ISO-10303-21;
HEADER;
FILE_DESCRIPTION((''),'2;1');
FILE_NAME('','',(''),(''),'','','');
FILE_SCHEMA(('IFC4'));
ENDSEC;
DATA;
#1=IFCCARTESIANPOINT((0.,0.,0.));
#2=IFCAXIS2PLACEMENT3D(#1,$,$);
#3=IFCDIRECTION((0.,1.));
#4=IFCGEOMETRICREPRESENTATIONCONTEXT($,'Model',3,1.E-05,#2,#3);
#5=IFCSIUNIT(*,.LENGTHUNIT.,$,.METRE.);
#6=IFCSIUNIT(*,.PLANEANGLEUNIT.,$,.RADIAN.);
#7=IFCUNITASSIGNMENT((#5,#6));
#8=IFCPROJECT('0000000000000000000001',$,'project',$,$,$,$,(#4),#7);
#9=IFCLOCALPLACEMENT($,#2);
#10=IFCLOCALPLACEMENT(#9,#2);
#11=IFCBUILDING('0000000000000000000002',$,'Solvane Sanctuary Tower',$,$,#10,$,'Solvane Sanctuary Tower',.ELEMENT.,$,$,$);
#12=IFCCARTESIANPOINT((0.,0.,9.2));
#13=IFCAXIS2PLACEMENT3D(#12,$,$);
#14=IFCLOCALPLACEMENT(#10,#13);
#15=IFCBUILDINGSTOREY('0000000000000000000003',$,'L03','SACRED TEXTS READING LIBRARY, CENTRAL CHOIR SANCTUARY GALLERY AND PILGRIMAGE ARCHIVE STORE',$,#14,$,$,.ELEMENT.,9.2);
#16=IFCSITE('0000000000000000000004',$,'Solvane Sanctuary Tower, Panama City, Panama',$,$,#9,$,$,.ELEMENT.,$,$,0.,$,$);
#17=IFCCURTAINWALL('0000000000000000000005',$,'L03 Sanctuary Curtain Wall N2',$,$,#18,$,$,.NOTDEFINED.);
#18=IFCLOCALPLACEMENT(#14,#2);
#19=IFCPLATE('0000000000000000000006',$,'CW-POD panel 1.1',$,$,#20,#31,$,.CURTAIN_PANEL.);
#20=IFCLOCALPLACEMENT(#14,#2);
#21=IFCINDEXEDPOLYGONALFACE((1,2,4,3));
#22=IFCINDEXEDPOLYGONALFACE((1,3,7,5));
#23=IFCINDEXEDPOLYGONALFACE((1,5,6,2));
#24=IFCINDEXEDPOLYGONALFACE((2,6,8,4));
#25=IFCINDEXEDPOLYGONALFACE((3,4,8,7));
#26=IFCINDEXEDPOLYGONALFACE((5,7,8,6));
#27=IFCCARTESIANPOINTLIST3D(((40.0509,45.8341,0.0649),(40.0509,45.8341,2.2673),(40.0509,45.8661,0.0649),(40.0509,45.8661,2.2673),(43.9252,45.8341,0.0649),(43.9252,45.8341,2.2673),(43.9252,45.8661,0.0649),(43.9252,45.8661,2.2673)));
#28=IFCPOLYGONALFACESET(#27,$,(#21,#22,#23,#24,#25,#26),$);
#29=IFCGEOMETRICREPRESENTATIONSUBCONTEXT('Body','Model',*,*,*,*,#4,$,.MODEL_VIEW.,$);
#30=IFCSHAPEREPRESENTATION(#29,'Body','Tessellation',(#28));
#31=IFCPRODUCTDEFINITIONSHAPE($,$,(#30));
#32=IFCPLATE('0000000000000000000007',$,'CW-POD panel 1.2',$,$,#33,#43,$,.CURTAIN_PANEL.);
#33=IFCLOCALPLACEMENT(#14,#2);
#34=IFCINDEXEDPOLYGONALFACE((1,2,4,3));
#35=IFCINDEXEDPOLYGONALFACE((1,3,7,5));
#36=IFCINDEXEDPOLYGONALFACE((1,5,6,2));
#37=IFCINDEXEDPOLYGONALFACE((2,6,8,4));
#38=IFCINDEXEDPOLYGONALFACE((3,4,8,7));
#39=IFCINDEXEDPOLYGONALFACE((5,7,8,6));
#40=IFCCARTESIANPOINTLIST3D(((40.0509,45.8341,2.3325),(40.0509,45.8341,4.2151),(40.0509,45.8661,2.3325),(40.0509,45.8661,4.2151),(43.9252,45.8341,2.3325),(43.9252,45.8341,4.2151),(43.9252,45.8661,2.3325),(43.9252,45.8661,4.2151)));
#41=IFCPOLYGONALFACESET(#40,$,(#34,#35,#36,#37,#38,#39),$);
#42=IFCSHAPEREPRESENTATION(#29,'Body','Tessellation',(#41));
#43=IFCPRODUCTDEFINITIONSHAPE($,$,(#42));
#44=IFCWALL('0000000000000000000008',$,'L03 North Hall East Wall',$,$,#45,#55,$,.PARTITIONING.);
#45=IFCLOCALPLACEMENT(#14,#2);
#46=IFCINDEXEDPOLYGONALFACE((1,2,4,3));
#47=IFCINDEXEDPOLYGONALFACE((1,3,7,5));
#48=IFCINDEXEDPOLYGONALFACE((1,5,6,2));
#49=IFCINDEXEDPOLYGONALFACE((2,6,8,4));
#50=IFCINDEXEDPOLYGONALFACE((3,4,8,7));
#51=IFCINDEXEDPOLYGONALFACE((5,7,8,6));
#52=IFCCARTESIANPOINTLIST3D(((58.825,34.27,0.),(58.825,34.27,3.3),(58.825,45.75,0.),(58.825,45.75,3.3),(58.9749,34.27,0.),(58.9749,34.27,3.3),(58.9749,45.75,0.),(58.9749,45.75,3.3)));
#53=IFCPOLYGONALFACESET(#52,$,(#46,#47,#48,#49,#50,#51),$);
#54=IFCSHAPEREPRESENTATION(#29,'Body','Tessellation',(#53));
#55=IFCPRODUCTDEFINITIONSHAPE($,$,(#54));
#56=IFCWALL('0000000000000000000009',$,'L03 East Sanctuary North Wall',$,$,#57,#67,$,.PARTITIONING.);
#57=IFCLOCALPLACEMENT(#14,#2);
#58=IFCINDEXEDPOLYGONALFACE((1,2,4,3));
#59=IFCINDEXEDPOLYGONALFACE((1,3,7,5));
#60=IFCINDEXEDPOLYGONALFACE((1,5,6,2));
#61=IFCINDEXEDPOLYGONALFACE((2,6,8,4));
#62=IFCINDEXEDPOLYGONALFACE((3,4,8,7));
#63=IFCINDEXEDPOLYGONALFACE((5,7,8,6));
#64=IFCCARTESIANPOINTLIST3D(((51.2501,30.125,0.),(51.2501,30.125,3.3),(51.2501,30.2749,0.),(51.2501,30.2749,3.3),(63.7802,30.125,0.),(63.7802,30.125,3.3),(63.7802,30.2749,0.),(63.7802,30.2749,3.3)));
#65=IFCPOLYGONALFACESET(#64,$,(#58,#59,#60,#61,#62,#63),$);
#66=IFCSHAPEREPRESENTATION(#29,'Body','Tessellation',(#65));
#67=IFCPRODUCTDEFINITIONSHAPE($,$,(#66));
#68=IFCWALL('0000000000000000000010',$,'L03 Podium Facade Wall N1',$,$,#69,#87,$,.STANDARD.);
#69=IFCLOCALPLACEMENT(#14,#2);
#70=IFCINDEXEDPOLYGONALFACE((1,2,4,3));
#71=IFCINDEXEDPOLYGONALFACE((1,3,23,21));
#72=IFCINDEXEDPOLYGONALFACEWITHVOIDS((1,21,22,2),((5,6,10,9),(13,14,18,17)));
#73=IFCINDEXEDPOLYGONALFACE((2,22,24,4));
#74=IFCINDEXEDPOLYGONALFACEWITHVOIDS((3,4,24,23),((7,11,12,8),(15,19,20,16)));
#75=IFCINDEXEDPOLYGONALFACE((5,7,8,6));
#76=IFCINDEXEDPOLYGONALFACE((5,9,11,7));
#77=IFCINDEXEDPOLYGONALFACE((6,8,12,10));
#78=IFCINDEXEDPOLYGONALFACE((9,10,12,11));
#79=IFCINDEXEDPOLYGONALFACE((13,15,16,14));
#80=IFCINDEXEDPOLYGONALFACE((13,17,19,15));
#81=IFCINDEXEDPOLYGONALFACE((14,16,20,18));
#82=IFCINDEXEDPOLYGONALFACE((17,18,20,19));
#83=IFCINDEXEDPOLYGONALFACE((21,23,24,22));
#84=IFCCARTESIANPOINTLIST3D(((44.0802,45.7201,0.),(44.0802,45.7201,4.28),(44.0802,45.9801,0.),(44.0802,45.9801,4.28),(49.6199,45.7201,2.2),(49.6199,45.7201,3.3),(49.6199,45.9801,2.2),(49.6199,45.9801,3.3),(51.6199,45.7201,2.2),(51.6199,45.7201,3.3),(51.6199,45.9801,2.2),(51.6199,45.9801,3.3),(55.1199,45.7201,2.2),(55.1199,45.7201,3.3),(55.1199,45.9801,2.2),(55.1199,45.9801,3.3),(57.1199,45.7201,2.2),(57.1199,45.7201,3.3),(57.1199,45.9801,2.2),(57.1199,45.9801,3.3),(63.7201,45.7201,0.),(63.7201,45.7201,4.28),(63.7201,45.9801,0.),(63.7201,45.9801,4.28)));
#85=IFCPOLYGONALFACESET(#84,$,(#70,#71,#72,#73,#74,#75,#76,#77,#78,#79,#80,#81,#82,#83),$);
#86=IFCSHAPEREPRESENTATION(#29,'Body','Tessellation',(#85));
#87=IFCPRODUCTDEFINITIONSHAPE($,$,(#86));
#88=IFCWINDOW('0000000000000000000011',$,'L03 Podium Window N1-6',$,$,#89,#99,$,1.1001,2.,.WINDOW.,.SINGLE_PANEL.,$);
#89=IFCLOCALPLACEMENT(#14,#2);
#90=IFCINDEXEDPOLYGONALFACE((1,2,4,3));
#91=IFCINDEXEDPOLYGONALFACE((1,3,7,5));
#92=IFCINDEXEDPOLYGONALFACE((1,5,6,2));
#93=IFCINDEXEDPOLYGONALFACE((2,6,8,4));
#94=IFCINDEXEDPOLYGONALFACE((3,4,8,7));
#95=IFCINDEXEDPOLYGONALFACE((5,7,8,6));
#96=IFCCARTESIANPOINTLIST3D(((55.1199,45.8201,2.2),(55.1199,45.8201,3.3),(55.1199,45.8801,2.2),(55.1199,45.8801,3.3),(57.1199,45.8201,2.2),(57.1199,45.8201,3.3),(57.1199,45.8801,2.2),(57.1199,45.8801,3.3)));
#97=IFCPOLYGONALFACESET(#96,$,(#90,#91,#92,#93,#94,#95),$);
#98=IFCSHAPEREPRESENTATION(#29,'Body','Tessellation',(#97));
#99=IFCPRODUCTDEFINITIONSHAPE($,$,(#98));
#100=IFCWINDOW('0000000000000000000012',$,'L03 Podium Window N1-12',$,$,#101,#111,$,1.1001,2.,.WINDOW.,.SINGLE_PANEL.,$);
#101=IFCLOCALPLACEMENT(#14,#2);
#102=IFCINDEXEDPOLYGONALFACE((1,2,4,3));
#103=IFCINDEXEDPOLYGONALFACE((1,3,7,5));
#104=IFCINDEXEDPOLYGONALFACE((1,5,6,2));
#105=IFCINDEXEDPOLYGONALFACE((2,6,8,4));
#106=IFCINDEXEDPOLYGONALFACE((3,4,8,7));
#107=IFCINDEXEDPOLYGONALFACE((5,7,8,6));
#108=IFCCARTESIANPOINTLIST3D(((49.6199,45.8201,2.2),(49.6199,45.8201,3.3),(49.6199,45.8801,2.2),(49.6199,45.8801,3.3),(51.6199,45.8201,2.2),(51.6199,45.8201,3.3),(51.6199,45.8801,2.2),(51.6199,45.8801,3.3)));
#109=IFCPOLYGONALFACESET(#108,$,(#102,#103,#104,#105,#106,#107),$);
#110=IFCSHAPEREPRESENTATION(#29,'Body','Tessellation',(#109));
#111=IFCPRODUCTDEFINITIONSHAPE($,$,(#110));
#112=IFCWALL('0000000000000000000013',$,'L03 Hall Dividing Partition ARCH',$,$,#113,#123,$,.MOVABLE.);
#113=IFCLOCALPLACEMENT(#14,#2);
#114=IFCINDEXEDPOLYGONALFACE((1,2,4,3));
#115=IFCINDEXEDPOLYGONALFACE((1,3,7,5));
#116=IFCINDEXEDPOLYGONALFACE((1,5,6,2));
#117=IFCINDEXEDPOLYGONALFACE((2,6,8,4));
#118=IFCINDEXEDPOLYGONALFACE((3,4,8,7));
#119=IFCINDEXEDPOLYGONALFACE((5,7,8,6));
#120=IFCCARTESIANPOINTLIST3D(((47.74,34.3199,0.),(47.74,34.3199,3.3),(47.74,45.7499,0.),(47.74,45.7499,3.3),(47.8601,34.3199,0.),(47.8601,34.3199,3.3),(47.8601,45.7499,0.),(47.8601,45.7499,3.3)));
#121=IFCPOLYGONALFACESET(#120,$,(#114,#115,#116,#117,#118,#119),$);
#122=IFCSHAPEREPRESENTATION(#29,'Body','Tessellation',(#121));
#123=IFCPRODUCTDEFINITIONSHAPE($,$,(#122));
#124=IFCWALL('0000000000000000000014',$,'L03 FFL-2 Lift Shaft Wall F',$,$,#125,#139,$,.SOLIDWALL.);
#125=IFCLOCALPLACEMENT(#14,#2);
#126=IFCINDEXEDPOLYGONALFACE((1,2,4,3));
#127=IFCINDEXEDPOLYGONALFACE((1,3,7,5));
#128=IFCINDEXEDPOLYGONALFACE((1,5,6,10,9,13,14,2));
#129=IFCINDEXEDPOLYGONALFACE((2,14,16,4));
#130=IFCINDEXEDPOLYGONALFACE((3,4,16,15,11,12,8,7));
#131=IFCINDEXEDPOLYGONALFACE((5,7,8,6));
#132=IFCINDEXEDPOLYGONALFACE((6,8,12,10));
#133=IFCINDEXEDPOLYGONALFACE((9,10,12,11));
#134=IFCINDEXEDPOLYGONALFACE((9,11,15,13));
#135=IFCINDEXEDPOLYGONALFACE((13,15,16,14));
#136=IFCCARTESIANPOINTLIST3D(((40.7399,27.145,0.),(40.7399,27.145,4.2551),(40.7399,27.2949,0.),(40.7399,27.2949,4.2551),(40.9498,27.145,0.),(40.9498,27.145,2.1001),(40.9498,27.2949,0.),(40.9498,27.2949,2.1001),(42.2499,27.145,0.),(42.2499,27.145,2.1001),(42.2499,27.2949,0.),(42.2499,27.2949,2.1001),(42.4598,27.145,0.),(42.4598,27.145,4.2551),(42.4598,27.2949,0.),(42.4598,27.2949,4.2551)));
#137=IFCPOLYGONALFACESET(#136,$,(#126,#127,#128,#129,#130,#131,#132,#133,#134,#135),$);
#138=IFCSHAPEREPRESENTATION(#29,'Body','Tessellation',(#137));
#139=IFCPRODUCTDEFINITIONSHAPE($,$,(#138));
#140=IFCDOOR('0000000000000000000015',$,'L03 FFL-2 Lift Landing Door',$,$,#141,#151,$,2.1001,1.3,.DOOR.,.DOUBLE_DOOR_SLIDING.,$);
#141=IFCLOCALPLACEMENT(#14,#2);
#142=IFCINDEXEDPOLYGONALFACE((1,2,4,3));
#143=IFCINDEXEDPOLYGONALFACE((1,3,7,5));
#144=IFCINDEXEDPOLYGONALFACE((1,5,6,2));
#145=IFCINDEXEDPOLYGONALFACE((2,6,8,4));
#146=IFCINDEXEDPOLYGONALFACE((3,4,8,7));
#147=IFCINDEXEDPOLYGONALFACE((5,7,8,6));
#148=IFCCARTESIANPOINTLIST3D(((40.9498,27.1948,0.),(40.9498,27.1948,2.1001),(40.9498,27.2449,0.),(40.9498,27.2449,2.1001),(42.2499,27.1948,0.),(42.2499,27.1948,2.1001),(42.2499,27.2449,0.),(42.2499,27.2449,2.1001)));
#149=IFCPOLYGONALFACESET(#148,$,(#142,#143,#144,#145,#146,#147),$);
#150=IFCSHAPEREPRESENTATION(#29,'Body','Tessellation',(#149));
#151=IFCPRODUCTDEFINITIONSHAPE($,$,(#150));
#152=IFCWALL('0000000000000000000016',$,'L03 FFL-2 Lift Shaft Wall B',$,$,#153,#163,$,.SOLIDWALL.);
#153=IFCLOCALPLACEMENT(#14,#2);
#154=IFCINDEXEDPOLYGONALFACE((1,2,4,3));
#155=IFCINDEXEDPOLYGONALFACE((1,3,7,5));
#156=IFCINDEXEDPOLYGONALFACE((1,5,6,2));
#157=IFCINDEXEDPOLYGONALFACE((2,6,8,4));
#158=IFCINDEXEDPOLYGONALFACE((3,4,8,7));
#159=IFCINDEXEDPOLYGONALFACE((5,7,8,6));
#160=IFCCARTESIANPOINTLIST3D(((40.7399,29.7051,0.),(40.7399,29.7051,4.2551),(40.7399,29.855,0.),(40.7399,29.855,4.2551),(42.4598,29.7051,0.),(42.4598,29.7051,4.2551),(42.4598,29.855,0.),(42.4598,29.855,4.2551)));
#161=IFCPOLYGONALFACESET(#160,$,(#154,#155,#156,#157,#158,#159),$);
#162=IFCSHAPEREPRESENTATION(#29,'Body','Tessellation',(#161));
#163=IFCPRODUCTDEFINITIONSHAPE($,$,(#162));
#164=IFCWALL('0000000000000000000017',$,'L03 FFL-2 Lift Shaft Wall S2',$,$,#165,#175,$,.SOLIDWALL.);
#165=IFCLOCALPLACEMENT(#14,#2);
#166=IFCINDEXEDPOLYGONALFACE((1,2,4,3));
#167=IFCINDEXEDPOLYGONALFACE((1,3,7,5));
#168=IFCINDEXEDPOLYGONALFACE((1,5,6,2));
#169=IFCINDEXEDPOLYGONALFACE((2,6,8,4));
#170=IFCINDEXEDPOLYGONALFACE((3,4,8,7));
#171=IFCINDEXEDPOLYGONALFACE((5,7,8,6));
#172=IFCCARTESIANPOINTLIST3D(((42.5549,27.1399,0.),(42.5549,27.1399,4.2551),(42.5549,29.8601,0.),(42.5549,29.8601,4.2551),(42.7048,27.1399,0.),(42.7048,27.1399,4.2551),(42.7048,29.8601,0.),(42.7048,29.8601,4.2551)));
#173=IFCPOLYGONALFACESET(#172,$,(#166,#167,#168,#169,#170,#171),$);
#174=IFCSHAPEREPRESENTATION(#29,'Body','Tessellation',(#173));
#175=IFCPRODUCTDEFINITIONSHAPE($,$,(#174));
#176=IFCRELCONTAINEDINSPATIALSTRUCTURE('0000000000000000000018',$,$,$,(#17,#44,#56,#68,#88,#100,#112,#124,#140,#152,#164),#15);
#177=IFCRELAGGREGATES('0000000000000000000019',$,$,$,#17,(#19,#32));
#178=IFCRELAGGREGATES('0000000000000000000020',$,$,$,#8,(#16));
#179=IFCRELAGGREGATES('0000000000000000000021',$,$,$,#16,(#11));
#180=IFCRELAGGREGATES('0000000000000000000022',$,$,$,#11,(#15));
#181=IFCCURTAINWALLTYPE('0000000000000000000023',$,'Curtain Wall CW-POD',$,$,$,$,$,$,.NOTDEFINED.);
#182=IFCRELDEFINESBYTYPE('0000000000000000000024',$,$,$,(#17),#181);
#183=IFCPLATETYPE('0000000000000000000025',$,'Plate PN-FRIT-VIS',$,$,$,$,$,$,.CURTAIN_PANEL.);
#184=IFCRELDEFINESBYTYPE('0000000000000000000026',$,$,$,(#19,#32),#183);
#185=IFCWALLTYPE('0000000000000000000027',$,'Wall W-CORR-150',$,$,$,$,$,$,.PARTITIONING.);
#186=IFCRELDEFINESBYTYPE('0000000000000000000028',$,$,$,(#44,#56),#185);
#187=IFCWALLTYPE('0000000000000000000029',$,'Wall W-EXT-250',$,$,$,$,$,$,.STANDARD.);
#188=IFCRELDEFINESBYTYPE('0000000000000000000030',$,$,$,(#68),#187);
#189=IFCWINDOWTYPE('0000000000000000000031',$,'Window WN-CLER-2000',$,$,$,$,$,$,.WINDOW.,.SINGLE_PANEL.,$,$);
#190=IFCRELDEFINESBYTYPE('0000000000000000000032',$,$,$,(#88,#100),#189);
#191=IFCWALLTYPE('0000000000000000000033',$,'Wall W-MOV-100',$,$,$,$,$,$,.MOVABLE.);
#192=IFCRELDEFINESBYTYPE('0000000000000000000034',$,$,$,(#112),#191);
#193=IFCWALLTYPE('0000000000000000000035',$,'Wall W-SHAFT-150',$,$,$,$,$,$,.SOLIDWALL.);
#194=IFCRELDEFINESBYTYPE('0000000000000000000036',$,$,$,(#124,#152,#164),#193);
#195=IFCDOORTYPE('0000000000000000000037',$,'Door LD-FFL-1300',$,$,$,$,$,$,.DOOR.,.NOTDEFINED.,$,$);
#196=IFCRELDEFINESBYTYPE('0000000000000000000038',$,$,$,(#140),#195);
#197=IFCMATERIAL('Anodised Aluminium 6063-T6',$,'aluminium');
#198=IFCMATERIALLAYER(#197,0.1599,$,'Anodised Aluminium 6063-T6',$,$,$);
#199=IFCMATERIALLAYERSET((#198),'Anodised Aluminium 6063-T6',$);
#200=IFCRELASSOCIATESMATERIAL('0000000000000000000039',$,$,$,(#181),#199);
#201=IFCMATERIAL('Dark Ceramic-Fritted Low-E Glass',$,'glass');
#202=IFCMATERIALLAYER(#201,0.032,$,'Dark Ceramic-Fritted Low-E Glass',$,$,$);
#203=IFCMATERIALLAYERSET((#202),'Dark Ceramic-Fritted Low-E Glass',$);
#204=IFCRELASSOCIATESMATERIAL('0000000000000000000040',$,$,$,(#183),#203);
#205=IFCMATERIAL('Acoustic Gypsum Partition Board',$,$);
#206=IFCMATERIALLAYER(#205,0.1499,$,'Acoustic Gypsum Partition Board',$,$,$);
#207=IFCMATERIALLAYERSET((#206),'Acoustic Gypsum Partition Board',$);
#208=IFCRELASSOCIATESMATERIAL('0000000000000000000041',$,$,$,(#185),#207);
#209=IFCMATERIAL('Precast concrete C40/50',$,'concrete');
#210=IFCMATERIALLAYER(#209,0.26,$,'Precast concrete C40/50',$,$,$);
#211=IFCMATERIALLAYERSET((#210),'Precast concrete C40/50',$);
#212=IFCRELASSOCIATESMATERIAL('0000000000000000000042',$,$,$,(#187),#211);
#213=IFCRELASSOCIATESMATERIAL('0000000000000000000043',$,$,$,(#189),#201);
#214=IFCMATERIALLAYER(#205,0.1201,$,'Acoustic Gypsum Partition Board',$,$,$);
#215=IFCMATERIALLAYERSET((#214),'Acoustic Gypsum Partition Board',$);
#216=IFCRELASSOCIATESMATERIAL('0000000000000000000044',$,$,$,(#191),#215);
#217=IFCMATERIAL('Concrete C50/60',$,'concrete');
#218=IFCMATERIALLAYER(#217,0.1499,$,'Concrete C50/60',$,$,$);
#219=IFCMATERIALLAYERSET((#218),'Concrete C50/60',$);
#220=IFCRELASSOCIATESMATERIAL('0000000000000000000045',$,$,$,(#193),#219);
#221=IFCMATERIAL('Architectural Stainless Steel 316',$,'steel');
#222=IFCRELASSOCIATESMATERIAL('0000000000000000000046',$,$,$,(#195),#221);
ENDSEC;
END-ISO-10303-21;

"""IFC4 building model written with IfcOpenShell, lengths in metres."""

from ifc_helpers import new_model, si_unit, direction, frame, frame_2d, origin, origin_2d, place, context, subcontext, project, spatial, rectangle, extrude, material, layer, layer_set, type_object, element, fill, aggregate, save


model = new_model("IFC4")

# Units and contexts
model_context = context("Model", 3, precision=1e-05, world=origin(), true_north=direction((0.0, 1.0)))
body_context = subcontext(model_context, "Body", "Model", "MODEL_VIEW")
ifc_project = project(units=[si_unit("LENGTHUNIT", "METRE"), si_unit("PLANEANGLEUNIT", "RADIAN")], contexts=[model_context])

# Site, building, storey
site_placement = place(None, origin())
site = spatial("IfcSite", under=ifc_project, at=site_placement, Name="Solvane Sanctuary Tower, Panama City, Panama", CompositionType="ELEMENT", RefElevation=0.0)
building_placement = place(site_placement, origin())
building = spatial("IfcBuilding", under=site, at=building_placement, Name="Solvane Sanctuary Tower", LongName="Solvane Sanctuary Tower", CompositionType="ELEMENT")
storey_placement = place(building_placement, frame((0.0, 0.0, 9.2)))
storey = spatial("IfcBuildingStorey", under=building, at=storey_placement, Name="L03", Description="SACRED TEXTS READING LIBRARY, CENTRAL CHOIR SANCTUARY GALLERY AND PILGRIMAGE ARCHIVE STORE", CompositionType="ELEMENT", Elevation=9.2)

# Curtain wall, plates
ifc_material_1 = material(Name="Anodised Aluminium 6063-T6", Category="aluminium")
ifc_layer_1 = layer(ifc_material_1, 0.1599, Name="Anodised Aluminium 6063-T6")
ifc_layer_set_1 = layer_set([ifc_layer_1], Name="Anodised Aluminium 6063-T6")
curtain_wall_type = type_object("IfcCurtainWallType", Name="Curtain Wall CW-POD", PredefinedType="NOTDEFINED", material=ifc_layer_set_1)
curtain_wall_placement = place(storey_placement, origin())
curtain_wall = element("IfcCurtainWall", 1, at=curtain_wall_placement, inside=storey, type_object=curtain_wall_type, Name="L03 Sanctuary Curtain Wall N2", PredefinedType="NOTDEFINED")
ifc_material_2 = material(Name="Dark Ceramic-Fritted Low-E Glass", Category="glass")
ifc_layer_2 = layer(ifc_material_2, 0.032, Name="Dark Ceramic-Fritted Low-E Glass")
ifc_layer_set_2 = layer_set([ifc_layer_2], Name="Dark Ceramic-Fritted Low-E Glass")
plate_type = type_object("IfcPlateType", Name="Plate PN-FRIT-VIS", PredefinedType="CURTAIN_PANEL", material=ifc_layer_set_2)
plate_1_placement = place(storey_placement, frame((41.988, 45.8501, 0.0649), z_axis=(0.0, 0.0, 1.0), x_axis=(-1.0, 0.0, 0.0)))
plate_1 = element("IfcPlate", 2, at=plate_1_placement, type_object=plate_type, Name="CW-POD panel 1.1", PredefinedType="CURTAIN_PANEL", context=body_context, shape_type="SweptSolid", body=[
    extrude(rectangle(XDim=3.8743, YDim=0.032, at=origin_2d()), origin(), (0.0, 0.0, 1.0), 2.2024),
])
plate_2_placement = place(storey_placement, frame((41.988, 45.8501, 2.3325), z_axis=(0.0, 0.0, 1.0), x_axis=(-1.0, 0.0, 0.0)))
plate_2 = element("IfcPlate", 3, at=plate_2_placement, type_object=plate_type, Name="CW-POD panel 1.2", PredefinedType="CURTAIN_PANEL", context=body_context, shape_type="SweptSolid", body=[
    extrude(rectangle(XDim=3.8743, YDim=0.032, at=origin_2d()), origin(), (0.0, 0.0, 1.0), 1.8826),
])
aggregate(curtain_wall, [plate_1, plate_2])

# Walls
ifc_material_3 = material(Name="Acoustic Gypsum Partition Board")
ifc_layer_3 = layer(ifc_material_3, 0.1499, Name="Acoustic Gypsum Partition Board")
ifc_layer_set_3 = layer_set([ifc_layer_3], Name="Acoustic Gypsum Partition Board")
wall_type_1 = type_object("IfcWallType", Name="Wall W-CORR-150", PredefinedType="PARTITIONING", material=ifc_layer_set_3)
wall_1_placement = place(storey_placement, frame((58.8999, 34.27, 0.0), z_axis=(0.0, 0.0, 1.0), x_axis=(0.0, 1.0, 0.0)))
element("IfcWall", 4, at=wall_1_placement, inside=storey, type_object=wall_type_1, Name="L03 North Hall East Wall", PredefinedType="PARTITIONING", context=body_context, shape_type="SweptSolid", body=[
    extrude(rectangle(XDim=11.48, YDim=0.1499, at=frame_2d((5.74, 0.0))), origin(), (0.0, 0.0, 1.0), 3.3),
])
wall_2_placement = place(storey_placement, frame((51.25, 30.2, 0.0), z_axis=(0.0, 0.0, 1.0), x_axis=(1.0, 0.0, 0.0)))
element("IfcWall", 5, at=wall_2_placement, inside=storey, type_object=wall_type_1, Name="L03 East Sanctuary North Wall", PredefinedType="PARTITIONING", context=body_context, shape_type="SweptSolid", body=[
    extrude(rectangle(XDim=12.53, YDim=0.1499, at=frame_2d((6.2651, 0.0))), origin(), (0.0, 0.0, 1.0), 3.3),
])

# Wall, openings, windows
ifc_material_4 = material(Name="Precast concrete C40/50", Category="concrete")
ifc_layer_4 = layer(ifc_material_4, 0.26, Name="Precast concrete C40/50")
ifc_layer_set_4 = layer_set([ifc_layer_4], Name="Precast concrete C40/50")
wall_type_2 = type_object("IfcWallType", Name="Wall W-EXT-250", PredefinedType="STANDARD", material=ifc_layer_set_4)
wall_3_placement = place(storey_placement, frame((63.72, 45.8501, 0.0), z_axis=(0.0, 0.0, 1.0), x_axis=(-1.0, 0.0, 0.0)))
wall_3 = element("IfcWall", 6, at=wall_3_placement, inside=storey, type_object=wall_type_2, Name="L03 Podium Facade Wall N1", PredefinedType="STANDARD", context=body_context, shape_type="SweptSolid", body=[
    extrude(rectangle(XDim=19.6399, YDim=0.26, at=frame_2d((9.8198, 0.0))), origin(), (0.0, 0.0, 1.0), 4.28),
])
opening_1_placement = place(wall_3_placement, frame((6.6001, 0.0, 2.2)))
opening_1 = element("IfcOpeningElement", 7, at=opening_1_placement, cuts=wall_3, PredefinedType="OPENING", context=body_context, shape_type="SweptSolid", body=[
    extrude(rectangle(XDim=2.0, YDim=1.1001, at=frame_2d((1.0, 0.55))), frame((0.0, 0.1399, 0.0), z_axis=(0.0, -1.0, 0.0), x_axis=(1.0, 0.0, 0.0)), (0.0, 0.0, 1.0), 0.28),
])
opening_2_placement = place(wall_3_placement, frame((12.1001, 0.0, 2.2)))
opening_2 = element("IfcOpeningElement", 8, at=opening_2_placement, cuts=wall_3, PredefinedType="OPENING", context=body_context, shape_type="SweptSolid", body=[
    extrude(rectangle(XDim=2.0, YDim=1.1001, at=frame_2d((1.0, 0.55))), frame((0.0, 0.1399, 0.0), z_axis=(0.0, -1.0, 0.0), x_axis=(1.0, 0.0, 0.0)), (0.0, 0.0, 1.0), 0.28),
])
window_type = type_object("IfcWindowType", Name="Window WN-CLER-2000", PartitioningType="SINGLE_PANEL", PredefinedType="WINDOW", material=ifc_material_2)
window_1_placement = place(opening_1_placement, origin())
window_1 = element("IfcWindow", 9, at=window_1_placement, inside=storey, type_object=window_type, Name="L03 Podium Window N1-6", OverallHeight=1.1001, OverallWidth=2.0, PartitioningType="SINGLE_PANEL", PredefinedType="WINDOW", context=body_context, shape_type="SweptSolid", body=[
    extrude(rectangle(XDim=2.0, YDim=1.1001, at=frame_2d((1.0, 0.55))), frame((0.0, 0.03, 0.0), z_axis=(0.0, -1.0, 0.0), x_axis=(1.0, 0.0, 0.0)), (0.0, 0.0, 1.0), 0.0601),
])
fill(opening_1, window_1)
window_2_placement = place(opening_2_placement, origin())
window_2 = element("IfcWindow", 10, at=window_2_placement, inside=storey, type_object=window_type, Name="L03 Podium Window N1-12", OverallHeight=1.1001, OverallWidth=2.0, PartitioningType="SINGLE_PANEL", PredefinedType="WINDOW", context=body_context, shape_type="SweptSolid", body=[
    extrude(rectangle(XDim=2.0, YDim=1.1001, at=frame_2d((1.0, 0.55))), frame((0.0, 0.03, 0.0), z_axis=(0.0, -1.0, 0.0), x_axis=(1.0, 0.0, 0.0)), (0.0, 0.0, 1.0), 0.0601),
])
fill(opening_2, window_2)

# Wall
ifc_layer_5 = layer(ifc_material_3, 0.1201, Name="Acoustic Gypsum Partition Board")
ifc_layer_set_5 = layer_set([ifc_layer_5], Name="Acoustic Gypsum Partition Board")
wall_type_3 = type_object("IfcWallType", Name="Wall W-MOV-100", PredefinedType="MOVABLE", material=ifc_layer_set_5)
wall_4_placement = place(storey_placement, frame((47.8, 34.3201, 0.0), z_axis=(0.0, 0.0, 1.0), x_axis=(0.0, 1.0, 0.0)))
element("IfcWall", 11, at=wall_4_placement, inside=storey, type_object=wall_type_3, Name="L03 Hall Dividing Partition ARCH", PredefinedType="MOVABLE", context=body_context, shape_type="SweptSolid", body=[
    extrude(rectangle(XDim=11.4299, YDim=0.1201, at=frame_2d((5.7148, 0.0))), origin(), (0.0, 0.0, 1.0), 3.3),
])

# Wall, opening, door
ifc_material_5 = material(Name="Concrete C50/60", Category="concrete")
ifc_layer_6 = layer(ifc_material_5, 0.1499, Name="Concrete C50/60")
ifc_layer_set_6 = layer_set([ifc_layer_6], Name="Concrete C50/60")
wall_type_4 = type_object("IfcWallType", Name="Wall W-SHAFT-150", PredefinedType="SOLIDWALL", material=ifc_layer_set_6)
wall_5_placement = place(storey_placement, frame((40.74, 27.22, 0.0), z_axis=(0.0, 0.0, 1.0), x_axis=(1.0, 0.0, 0.0)))
wall_5 = element("IfcWall", 12, at=wall_5_placement, inside=storey, type_object=wall_type_4, Name="L03 FFL-2 Lift Shaft Wall F", PredefinedType="SOLIDWALL", context=body_context, shape_type="SweptSolid", body=[
    extrude(rectangle(XDim=1.72, YDim=0.1499, at=frame_2d((0.8599, 0.0))), origin(), (0.0, 0.0, 1.0), 4.2551),
])
opening_3_placement = place(wall_5_placement, frame((0.21, 0.0, 0.0)))
opening_3 = element("IfcOpeningElement", 13, at=opening_3_placement, cuts=wall_5, PredefinedType="OPENING", context=body_context, shape_type="SweptSolid", body=[
    extrude(rectangle(XDim=1.3, YDim=2.1001, at=frame_2d((0.6499, 1.05))), frame((0.0, 0.085, 0.0), z_axis=(0.0, -1.0, 0.0), x_axis=(1.0, 0.0, 0.0)), (0.0, 0.0, 1.0), 0.1699),
])
ifc_material_6 = material(Name="Architectural Stainless Steel 316", Category="steel")
door_type_1 = type_object("IfcDoorType", Name="Door LD-FFL-1300", OperationType="NOTDEFINED", PredefinedType="DOOR", material=ifc_material_6)
door_1_placement = place(opening_3_placement, origin())
door_1 = element("IfcDoor", 14, at=door_1_placement, inside=storey, type_object=door_type_1, Name="L03 FFL-2 Lift Landing Door", OperationType="DOUBLE_DOOR_SLIDING", OverallHeight=2.1001, OverallWidth=1.3, PredefinedType="DOOR", context=body_context, shape_type="SweptSolid", body=[
    extrude(rectangle(XDim=1.3, YDim=2.1001, at=frame_2d((0.6499, 1.05))), frame((0.0, 0.0249, 0.0), z_axis=(0.0, -1.0, 0.0), x_axis=(1.0, 0.0, 0.0)), (0.0, 0.0, 1.0), 0.05),
])
fill(opening_3, door_1)

# Walls
wall_6_placement = place(storey_placement, frame((40.74, 29.78, 0.0), z_axis=(0.0, 0.0, 1.0), x_axis=(1.0, 0.0, 0.0)))
element("IfcWall", 15, at=wall_6_placement, inside=storey, type_object=wall_type_4, Name="L03 FFL-2 Lift Shaft Wall B", PredefinedType="SOLIDWALL", context=body_context, shape_type="SweptSolid", body=[
    extrude(rectangle(XDim=1.72, YDim=0.1499, at=frame_2d((0.8599, 0.0))), origin(), (0.0, 0.0, 1.0), 4.2551),
])
wall_7_placement = place(storey_placement, frame((42.6299, 27.1399, 0.0), z_axis=(0.0, 0.0, 1.0), x_axis=(0.0, 1.0, 0.0)))
element("IfcWall", 16, at=wall_7_placement, inside=storey, type_object=wall_type_4, Name="L03 FFL-2 Lift Shaft Wall S2", PredefinedType="SOLIDWALL", context=body_context, shape_type="SweptSolid", body=[
    extrude(rectangle(XDim=2.7202, YDim=0.1499, at=frame_2d((1.3601, 0.0))), origin(), (0.0, 0.0, 1.0), 4.2551),
])

save(model, "model.ifc")
